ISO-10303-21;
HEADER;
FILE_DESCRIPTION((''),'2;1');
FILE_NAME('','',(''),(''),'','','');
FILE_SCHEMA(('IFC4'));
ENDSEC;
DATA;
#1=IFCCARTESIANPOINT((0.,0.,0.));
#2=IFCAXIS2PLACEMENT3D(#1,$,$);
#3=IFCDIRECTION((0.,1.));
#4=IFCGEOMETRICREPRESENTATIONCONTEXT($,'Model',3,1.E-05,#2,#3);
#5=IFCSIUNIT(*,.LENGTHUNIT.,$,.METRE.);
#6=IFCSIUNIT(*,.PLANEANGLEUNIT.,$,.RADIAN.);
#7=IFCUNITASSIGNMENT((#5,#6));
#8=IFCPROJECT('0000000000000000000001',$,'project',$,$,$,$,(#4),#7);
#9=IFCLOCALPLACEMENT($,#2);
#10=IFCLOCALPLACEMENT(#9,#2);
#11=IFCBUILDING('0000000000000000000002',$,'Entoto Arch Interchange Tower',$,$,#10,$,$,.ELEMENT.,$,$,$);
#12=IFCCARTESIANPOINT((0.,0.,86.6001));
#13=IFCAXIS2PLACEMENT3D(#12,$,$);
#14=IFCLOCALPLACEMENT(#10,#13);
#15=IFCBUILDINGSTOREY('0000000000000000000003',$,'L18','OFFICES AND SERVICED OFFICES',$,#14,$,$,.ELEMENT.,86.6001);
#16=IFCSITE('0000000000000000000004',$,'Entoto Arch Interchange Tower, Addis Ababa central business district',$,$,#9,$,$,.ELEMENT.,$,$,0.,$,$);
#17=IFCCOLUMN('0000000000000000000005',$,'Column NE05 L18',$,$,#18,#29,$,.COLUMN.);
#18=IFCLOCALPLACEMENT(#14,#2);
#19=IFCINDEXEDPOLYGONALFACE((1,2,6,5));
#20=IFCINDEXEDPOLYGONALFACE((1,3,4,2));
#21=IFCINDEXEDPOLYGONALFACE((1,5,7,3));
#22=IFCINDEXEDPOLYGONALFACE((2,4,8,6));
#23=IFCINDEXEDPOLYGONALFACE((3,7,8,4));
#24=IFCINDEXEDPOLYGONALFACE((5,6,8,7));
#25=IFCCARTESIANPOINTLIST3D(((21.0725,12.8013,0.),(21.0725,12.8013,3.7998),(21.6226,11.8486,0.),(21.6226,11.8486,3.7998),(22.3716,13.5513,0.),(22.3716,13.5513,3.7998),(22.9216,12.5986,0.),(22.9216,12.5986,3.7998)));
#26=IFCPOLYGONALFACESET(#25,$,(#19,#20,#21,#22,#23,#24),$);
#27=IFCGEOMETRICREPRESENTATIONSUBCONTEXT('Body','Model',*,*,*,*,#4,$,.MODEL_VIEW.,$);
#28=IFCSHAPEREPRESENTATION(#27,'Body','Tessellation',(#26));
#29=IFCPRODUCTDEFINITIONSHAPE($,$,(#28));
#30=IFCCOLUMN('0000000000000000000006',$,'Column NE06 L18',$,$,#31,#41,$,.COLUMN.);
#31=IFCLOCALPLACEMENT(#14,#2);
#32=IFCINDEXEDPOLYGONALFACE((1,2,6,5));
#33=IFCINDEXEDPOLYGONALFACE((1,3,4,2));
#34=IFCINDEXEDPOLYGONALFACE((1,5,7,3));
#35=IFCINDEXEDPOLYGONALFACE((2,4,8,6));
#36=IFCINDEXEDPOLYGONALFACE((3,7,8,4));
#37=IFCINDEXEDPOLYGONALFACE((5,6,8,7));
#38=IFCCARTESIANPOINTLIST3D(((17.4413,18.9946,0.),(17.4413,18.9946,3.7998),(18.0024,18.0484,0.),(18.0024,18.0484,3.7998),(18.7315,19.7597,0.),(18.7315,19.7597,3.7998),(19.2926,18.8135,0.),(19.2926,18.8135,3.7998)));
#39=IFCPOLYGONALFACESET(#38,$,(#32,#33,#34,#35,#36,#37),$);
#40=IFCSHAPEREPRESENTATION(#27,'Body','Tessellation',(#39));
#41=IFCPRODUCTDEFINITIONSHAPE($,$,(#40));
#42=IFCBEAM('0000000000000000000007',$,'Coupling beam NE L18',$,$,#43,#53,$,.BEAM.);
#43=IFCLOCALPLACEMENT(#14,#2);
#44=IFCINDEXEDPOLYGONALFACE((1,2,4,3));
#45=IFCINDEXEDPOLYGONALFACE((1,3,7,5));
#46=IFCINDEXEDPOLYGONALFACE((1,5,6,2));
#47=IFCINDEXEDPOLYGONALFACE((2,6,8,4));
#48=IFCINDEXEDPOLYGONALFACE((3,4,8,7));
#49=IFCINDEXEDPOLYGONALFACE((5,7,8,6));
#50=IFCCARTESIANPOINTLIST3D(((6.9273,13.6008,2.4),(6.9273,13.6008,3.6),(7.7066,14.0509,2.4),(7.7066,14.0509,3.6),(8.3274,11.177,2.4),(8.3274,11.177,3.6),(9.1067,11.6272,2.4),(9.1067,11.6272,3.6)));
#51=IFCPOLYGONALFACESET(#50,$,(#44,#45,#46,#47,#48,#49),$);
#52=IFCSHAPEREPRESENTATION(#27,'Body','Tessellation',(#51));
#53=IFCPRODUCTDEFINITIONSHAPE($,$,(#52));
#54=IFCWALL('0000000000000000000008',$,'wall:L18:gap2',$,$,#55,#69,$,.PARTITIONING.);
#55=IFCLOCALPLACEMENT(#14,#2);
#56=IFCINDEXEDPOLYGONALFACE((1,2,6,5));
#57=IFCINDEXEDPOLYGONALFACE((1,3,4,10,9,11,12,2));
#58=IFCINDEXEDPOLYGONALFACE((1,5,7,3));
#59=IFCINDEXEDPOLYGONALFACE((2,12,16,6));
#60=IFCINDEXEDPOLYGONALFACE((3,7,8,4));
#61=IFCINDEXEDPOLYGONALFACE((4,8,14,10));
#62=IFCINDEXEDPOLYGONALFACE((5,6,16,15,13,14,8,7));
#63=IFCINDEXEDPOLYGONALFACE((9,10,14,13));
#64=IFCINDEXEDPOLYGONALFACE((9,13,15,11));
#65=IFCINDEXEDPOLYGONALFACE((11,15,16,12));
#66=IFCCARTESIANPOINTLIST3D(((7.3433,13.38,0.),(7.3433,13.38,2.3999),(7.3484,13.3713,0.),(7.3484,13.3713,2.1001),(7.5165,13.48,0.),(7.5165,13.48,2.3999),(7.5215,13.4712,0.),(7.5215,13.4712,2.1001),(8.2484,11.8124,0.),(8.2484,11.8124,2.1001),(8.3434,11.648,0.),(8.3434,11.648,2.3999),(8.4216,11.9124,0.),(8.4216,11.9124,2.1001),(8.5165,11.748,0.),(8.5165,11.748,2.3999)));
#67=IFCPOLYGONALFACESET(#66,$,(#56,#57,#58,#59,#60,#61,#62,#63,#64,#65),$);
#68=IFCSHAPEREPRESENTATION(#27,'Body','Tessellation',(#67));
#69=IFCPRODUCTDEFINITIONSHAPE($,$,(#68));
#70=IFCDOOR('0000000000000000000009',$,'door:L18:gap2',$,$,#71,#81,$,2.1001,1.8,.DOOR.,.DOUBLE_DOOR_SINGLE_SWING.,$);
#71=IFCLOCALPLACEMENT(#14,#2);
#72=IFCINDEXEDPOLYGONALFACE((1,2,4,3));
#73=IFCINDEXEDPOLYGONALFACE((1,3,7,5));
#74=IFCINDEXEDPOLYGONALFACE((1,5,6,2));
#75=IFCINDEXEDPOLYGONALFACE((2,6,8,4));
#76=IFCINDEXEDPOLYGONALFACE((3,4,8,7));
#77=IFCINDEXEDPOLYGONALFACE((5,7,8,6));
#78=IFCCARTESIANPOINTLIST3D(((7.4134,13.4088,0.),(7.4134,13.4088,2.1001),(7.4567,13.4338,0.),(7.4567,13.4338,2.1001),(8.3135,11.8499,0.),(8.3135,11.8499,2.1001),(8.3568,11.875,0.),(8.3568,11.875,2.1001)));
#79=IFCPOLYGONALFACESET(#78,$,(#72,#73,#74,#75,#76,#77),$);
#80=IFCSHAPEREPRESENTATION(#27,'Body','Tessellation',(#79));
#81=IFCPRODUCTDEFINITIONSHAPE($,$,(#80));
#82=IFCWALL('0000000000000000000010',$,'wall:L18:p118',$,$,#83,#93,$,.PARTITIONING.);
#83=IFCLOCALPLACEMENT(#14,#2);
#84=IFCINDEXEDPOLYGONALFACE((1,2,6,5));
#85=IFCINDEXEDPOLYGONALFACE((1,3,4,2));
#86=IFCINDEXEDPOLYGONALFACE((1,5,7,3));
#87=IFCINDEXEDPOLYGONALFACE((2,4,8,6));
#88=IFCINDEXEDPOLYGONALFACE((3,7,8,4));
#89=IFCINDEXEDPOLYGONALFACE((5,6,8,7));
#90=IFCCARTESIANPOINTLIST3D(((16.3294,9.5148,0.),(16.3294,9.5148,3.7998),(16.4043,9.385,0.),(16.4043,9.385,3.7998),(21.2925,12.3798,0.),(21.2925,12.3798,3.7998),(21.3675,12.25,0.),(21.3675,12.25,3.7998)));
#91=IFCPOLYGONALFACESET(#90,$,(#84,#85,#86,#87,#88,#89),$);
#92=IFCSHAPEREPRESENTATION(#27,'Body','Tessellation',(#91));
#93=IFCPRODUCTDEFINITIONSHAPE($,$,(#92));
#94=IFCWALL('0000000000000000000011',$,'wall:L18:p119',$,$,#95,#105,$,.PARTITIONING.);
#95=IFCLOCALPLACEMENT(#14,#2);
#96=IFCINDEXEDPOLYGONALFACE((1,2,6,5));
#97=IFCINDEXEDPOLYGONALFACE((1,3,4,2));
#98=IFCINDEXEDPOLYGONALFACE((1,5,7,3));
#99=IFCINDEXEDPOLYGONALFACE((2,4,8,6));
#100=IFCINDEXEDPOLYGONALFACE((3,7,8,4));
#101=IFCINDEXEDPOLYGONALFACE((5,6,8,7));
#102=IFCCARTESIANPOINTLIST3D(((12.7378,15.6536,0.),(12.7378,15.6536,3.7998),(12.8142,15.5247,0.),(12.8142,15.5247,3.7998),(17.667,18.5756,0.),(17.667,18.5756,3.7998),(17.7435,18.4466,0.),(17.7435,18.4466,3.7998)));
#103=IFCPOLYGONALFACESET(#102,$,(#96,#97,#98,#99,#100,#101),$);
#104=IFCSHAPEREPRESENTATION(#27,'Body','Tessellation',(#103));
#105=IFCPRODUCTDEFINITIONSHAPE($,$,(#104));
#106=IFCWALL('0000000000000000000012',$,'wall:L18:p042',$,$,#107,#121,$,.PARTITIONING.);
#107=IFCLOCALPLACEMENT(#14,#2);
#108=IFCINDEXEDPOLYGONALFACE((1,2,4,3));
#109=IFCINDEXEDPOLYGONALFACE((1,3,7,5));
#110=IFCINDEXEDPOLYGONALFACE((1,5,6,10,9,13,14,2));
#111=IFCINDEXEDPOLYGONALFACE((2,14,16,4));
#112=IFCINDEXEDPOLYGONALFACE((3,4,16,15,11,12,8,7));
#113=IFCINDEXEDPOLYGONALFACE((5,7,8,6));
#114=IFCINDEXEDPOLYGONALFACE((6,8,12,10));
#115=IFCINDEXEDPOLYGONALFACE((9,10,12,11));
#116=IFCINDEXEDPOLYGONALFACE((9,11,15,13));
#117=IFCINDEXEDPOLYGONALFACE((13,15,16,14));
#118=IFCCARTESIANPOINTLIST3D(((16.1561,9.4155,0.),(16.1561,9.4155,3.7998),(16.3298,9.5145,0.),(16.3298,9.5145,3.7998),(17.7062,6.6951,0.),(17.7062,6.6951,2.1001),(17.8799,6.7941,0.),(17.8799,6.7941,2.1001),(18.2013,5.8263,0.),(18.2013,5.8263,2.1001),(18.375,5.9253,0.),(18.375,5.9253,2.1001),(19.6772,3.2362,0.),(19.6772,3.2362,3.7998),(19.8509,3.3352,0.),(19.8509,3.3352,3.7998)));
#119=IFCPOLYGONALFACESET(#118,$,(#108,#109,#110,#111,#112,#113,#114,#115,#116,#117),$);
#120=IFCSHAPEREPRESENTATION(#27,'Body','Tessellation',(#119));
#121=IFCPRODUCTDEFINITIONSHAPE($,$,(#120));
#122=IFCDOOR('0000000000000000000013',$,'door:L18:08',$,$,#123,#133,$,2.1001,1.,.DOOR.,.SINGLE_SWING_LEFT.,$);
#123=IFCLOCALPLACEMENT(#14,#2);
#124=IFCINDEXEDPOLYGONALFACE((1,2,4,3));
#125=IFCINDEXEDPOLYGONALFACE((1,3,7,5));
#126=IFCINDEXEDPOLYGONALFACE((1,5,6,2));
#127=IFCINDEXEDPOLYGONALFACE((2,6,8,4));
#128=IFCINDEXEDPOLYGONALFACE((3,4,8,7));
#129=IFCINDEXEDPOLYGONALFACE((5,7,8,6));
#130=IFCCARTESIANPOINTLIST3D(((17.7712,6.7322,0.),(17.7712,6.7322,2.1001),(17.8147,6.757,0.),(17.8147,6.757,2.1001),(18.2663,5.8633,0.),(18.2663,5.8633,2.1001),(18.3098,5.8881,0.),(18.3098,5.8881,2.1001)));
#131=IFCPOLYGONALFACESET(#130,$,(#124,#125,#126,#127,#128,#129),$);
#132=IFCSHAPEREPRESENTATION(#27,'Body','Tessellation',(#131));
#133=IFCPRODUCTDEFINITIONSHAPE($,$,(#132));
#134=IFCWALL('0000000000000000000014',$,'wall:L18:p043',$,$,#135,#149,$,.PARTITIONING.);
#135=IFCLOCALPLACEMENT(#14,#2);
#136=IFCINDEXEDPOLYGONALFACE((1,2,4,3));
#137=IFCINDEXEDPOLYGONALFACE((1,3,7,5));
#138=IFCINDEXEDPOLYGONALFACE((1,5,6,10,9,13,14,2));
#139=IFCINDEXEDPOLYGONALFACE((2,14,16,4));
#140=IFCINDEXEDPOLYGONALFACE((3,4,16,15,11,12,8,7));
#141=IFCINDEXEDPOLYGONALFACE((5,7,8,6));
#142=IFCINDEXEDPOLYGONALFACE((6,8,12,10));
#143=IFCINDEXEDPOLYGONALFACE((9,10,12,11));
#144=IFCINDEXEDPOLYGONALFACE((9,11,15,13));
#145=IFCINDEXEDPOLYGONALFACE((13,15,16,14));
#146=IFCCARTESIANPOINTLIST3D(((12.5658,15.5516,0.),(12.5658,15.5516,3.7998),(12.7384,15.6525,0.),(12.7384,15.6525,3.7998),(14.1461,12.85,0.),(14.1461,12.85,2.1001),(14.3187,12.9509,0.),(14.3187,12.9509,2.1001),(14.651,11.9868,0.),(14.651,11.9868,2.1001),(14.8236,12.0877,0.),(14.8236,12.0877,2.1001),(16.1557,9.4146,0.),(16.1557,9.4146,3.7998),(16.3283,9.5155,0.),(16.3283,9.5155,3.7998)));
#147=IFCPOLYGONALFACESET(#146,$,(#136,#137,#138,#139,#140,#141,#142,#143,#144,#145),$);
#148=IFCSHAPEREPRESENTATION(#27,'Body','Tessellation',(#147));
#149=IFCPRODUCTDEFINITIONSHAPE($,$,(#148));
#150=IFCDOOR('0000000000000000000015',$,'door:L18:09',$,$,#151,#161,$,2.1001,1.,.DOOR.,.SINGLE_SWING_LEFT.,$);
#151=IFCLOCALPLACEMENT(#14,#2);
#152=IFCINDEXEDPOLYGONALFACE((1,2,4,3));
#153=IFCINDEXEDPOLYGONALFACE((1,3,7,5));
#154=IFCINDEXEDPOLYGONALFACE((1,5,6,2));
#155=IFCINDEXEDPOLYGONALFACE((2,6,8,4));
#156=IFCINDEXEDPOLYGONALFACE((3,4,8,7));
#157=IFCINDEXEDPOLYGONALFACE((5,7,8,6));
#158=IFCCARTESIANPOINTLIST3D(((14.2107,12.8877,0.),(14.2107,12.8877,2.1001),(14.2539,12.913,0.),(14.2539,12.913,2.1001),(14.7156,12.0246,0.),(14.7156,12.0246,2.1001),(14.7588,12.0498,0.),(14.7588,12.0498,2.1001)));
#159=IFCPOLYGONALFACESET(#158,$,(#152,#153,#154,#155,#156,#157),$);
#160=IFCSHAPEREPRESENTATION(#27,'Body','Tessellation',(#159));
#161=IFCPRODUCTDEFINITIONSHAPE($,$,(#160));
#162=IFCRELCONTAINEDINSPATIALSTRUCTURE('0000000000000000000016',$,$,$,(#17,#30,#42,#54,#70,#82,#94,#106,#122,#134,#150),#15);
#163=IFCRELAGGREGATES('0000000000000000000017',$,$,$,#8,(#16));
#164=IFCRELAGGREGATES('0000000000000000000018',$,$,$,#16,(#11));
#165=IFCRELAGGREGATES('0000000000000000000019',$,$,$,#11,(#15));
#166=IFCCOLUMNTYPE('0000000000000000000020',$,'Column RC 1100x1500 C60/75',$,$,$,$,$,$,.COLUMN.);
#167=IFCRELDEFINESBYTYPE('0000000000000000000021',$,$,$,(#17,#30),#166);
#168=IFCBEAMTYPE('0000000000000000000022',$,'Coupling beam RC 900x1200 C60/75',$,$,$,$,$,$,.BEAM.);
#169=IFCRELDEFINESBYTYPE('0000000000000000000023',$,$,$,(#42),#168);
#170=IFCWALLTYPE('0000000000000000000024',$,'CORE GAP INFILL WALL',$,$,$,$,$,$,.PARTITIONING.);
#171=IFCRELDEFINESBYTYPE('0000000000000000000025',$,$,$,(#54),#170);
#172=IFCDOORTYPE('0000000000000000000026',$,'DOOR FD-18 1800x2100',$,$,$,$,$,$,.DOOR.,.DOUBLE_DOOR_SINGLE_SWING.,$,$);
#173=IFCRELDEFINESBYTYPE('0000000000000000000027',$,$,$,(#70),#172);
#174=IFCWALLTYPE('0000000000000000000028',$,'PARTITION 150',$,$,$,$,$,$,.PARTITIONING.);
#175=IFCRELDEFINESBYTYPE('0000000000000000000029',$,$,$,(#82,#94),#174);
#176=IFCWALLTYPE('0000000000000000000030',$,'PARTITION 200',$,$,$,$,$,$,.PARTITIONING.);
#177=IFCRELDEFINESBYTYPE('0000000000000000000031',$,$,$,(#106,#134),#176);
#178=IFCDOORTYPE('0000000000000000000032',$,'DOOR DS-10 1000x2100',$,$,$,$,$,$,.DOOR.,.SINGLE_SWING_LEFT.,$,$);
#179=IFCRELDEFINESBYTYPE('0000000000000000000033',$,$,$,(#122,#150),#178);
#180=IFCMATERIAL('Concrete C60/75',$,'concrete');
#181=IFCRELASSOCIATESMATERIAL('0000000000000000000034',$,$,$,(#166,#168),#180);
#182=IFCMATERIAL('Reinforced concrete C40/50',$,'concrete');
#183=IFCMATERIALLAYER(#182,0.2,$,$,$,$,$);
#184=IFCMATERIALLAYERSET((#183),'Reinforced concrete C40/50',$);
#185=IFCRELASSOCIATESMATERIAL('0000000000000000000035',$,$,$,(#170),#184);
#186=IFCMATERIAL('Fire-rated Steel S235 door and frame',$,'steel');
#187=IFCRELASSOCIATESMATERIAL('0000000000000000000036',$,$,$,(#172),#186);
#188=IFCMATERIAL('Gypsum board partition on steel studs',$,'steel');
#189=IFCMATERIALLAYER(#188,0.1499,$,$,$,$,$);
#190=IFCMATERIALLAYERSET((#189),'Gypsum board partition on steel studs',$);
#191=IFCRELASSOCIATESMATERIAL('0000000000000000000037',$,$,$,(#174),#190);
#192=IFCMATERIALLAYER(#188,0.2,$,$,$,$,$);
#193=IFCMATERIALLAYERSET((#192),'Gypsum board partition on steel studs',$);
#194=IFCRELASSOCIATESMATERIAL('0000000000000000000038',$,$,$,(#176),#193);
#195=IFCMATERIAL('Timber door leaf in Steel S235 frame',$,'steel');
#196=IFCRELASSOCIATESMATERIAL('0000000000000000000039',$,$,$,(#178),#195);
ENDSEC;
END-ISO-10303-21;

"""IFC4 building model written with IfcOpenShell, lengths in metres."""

from ifc_helpers import new_model, si_unit, direction, frame, frame_2d, origin, origin_2d, place, context, subcontext, project, spatial, rectangle, extrude, material, layer, layer_set, material_profile, profile_set, type_object, element, fill, save


model = new_model("IFC4")

# Units and contexts
model_context = context("Model", 3, precision=1e-05, world=origin(), true_north=direction((0.0, 1.0)))
body_context = subcontext(model_context, "Body", "Model", "MODEL_VIEW")
ifc_project = project(units=[si_unit("LENGTHUNIT", "METRE"), si_unit("PLANEANGLEUNIT", "RADIAN")], contexts=[model_context])

# Site, building, storey
site_placement = place(None, origin())
site = spatial("IfcSite", under=ifc_project, at=site_placement, Name="Entoto Arch Interchange Tower, Addis Ababa central business district", CompositionType="ELEMENT", RefElevation=0.0)
building_placement = place(site_placement, origin())
building = spatial("IfcBuilding", under=site, at=building_placement, Name="Entoto Arch Interchange Tower", CompositionType="ELEMENT")
storey_placement = place(building_placement, frame((0.0, 0.0, 86.6001)))
storey = spatial("IfcBuildingStorey", under=building, at=storey_placement, Name="L18", Description="OFFICES AND SERVICED OFFICES", CompositionType="ELEMENT", Elevation=86.6001)

# Columns
ifc_material_1 = material(Name="Concrete C60/75", Category="concrete")
ifc_material_profile_1 = material_profile(ifc_material_1, rectangle(XDim=1.1001, YDim=1.5, at=origin_2d()))
ifc_profile_set_1 = profile_set([ifc_material_profile_1], Name="Concrete C60/75")
column_type = type_object("IfcColumnType", Name="Column RC 1100x1500 C60/75", PredefinedType="COLUMN", material=ifc_profile_set_1)
for number, where, z_axis, x_axis, name in (
    (1, (21.9971, 12.7, 0.0), (0.0, 0.0, 1.0), (-0.5, 0.866025, 0.0), "Column NE05 L18"),
    (2, (18.3669, 18.9041, 0.0), (0.0, 0.0, 1.0), (-0.510093, 0.860119, 0.0), "Column NE06 L18"),
):
    element("IfcColumn", number, at=place(storey_placement, frame(where, z_axis=z_axis, x_axis=x_axis)), inside=storey, type_object=column_type, Name=name, PredefinedType="COLUMN", context=body_context, shape_type="SweptSolid", body=[
        extrude(rectangle(XDim=1.1001, YDim=1.5, at=origin_2d()), origin(), (0.0, 0.0, 1.0), 3.7998),
    ])

# Beam
ifc_material_profile_2 = material_profile(ifc_material_1, rectangle(XDim=0.8999, YDim=1.2, at=origin_2d()))
ifc_profile_set_2 = profile_set([ifc_material_profile_2], Name="Concrete C60/75")
beam_type = type_object("IfcBeamType", Name="Coupling beam RC 900x1200 C60/75", PredefinedType="BEAM", material=ifc_profile_set_2)
beam_placement = place(storey_placement, frame((8.717, 11.4021, 3.0), z_axis=(-0.500201, 0.86591, 0.0), x_axis=(-0.86591, -0.500201, 0.0)))
element("IfcBeam", 3, at=beam_placement, inside=storey, type_object=beam_type, Name="Coupling beam NE L18", PredefinedType="BEAM", context=body_context, shape_type="SweptSolid", body=[
    extrude(rectangle(XDim=0.8999, YDim=1.2, at=origin_2d()), origin(), (0.0, 0.0, 1.0), 2.7991),
])

# Wall, opening, door
ifc_material_2 = material(Name="Reinforced concrete C40/50", Category="concrete")
ifc_layer_1 = layer(ifc_material_2, 0.2)
ifc_layer_set_1 = layer_set([ifc_layer_1], Name="Reinforced concrete C40/50")
wall_type_1 = type_object("IfcWallType", Name="CORE GAP INFILL WALL", PredefinedType="PARTITIONING", material=ifc_layer_set_1)
wall_1_placement = place(storey_placement, frame((8.4299, 11.698, 0.0), z_axis=(0.0, 0.0, 1.0), x_axis=(-0.500025, 0.866011, 0.0)))
wall_1 = element("IfcWall", 4, at=wall_1_placement, inside=storey, type_object=wall_type_1, Name="wall:L18:gap2", PredefinedType="PARTITIONING", context=body_context, shape_type="SweptSolid", body=[
    extrude(rectangle(XDim=2.0, YDim=0.2, at=frame_2d((1.0, 0.0))), origin(), (0.0, 0.0, 1.0), 2.3999),
])
opening_1_placement = place(wall_1_placement, frame((0.1899, 0.0, 0.0)))
opening_1 = element("IfcOpeningElement", 5, at=opening_1_placement, cuts=wall_1, PredefinedType="OPENING", context=body_context, shape_type="SweptSolid", body=[
    extrude(rectangle(XDim=1.8, YDim=2.1001, at=frame_2d((0.8999, 1.05))), frame((0.0, 0.1099, 0.0), z_axis=(0.0, -1.0, 0.0), x_axis=(1.0, 0.0, 0.0)), (0.0, 0.0, 1.0), 0.22),
])
ifc_material_3 = material(Name="Fire-rated Steel S235 door and frame", Category="steel")
door_type_1 = type_object("IfcDoorType", Name="DOOR FD-18 1800x2100", OperationType="DOUBLE_DOOR_SINGLE_SWING", PredefinedType="DOOR", material=ifc_material_3)
door_1_placement = place(opening_1_placement, origin())
door_1 = element("IfcDoor", 6, at=door_1_placement, inside=storey, type_object=door_type_1, Name="door:L18:gap2", OperationType="DOUBLE_DOOR_SINGLE_SWING", OverallHeight=2.1001, OverallWidth=1.8, PredefinedType="DOOR", context=body_context, shape_type="SweptSolid", body=[
    extrude(rectangle(XDim=1.8, YDim=2.1001, at=frame_2d((0.8999, 1.05))), frame((0.0, 0.0249, 0.0), z_axis=(0.0, -1.0, 0.0), x_axis=(1.0, 0.0, 0.0)), (0.0, 0.0, 1.0), 0.05),
])
fill(opening_1, door_1)

# Walls
ifc_material_4 = material(Name="Gypsum board partition on steel studs", Category="steel")
ifc_layer_2 = layer(ifc_material_4, 0.1499)
ifc_layer_set_2 = layer_set([ifc_layer_2], Name="Gypsum board partition on steel studs")
wall_type_2 = type_object("IfcWallType", Name="PARTITION 150", PredefinedType="PARTITIONING", material=ifc_layer_set_2)
wall_2_placement = place(storey_placement, frame((16.3669, 9.45, 0.0), z_axis=(0.0, 0.0, 1.0), x_axis=(0.866061, 0.499938, 0.0)))
element("IfcWall", 7, at=wall_2_placement, inside=storey, type_object=wall_type_2, Name="wall:L18:p118", PredefinedType="PARTITIONING", context=body_context, shape_type="SweptSolid", body=[
    extrude(rectangle(XDim=5.7307, YDim=0.1499, at=frame_2d((2.8652, 0.0))), origin(), (0.0, 0.0, 1.0), 3.7998),
])
wall_3_placement = place(storey_placement, frame((12.7759, 15.5891, 0.0), z_axis=(0.0, 0.0, 1.0), x_axis=(0.860225, 0.509915, 0.0)))
element("IfcWall", 8, at=wall_3_placement, inside=storey, type_object=wall_type_2, Name="wall:L18:p119", PredefinedType="PARTITIONING", context=body_context, shape_type="SweptSolid", body=[
    extrude(rectangle(XDim=5.7302, YDim=0.1499, at=frame_2d((2.8652, 0.0))), origin(), (0.0, 0.0, 1.0), 3.7998),
])

# Walls, openings, doors
ifc_layer_3 = layer(ifc_material_4, 0.2)
ifc_layer_set_3 = layer_set([ifc_layer_3], Name="Gypsum board partition on steel studs")
wall_type_3 = type_object("IfcWallType", Name="PARTITION 200", PredefinedType="PARTITIONING", material=ifc_layer_set_3)
wall_4_placement = place(storey_placement, frame((16.2429, 9.4651, 0.0), z_axis=(0.0, 0.0, 1.0), x_axis=(0.495081, -0.868847, 0.0)))
wall_4 = element("IfcWall", 9, at=wall_4_placement, inside=storey, type_object=wall_type_3, Name="wall:L18:p042", PredefinedType="PARTITIONING", context=body_context, shape_type="SweptSolid", body=[
    extrude(rectangle(XDim=7.1121, YDim=0.2, at=frame_2d((3.5562, 0.0))), origin(), (0.0, 0.0, 1.0), 3.7998),
])
opening_2_placement = place(wall_4_placement, frame((3.1311, 0.0, 0.0)))
opening_2 = element("IfcOpeningElement", 10, at=opening_2_placement, cuts=wall_4, PredefinedType="OPENING", context=body_context, shape_type="SweptSolid", body=[
    extrude(rectangle(XDim=1.0, YDim=2.1001, at=frame_2d((0.5, 1.05))), frame((0.0, 0.1099, 0.0), z_axis=(0.0, -1.0, 0.0), x_axis=(1.0, 0.0, 0.0)), (0.0, 0.0, 1.0), 0.22),
])
ifc_material_5 = material(Name="Timber door leaf in Steel S235 frame", Category="steel")
door_type_2 = type_object("IfcDoorType", Name="DOOR DS-10 1000x2100", OperationType="SINGLE_SWING_LEFT", PredefinedType="DOOR", material=ifc_material_5)
door_2_placement = place(opening_2_placement, origin())
door_2 = element("IfcDoor", 11, at=door_2_placement, inside=storey, type_object=door_type_2, Name="door:L18:08", OperationType="SINGLE_SWING_LEFT", OverallHeight=2.1001, OverallWidth=1.0, PredefinedType="DOOR", context=body_context, shape_type="SweptSolid", body=[
    extrude(rectangle(XDim=1.0, YDim=2.1001, at=frame_2d((0.5, 1.05))), frame((0.0, 0.0249, 0.0), z_axis=(0.0, -1.0, 0.0), x_axis=(1.0, 0.0, 0.0)), (0.0, 0.0, 1.0), 0.05),
])
fill(opening_2, door_2)
wall_5_placement = place(storey_placement, frame((12.6521, 15.6021, 0.0), z_axis=(0.0, 0.0, 1.0), x_axis=(0.504915, -0.863169, 0.0)))
wall_5 = element("IfcWall", 12, at=wall_5_placement, inside=storey, type_object=wall_type_3, Name="wall:L18:p043", PredefinedType="PARTITIONING", context=body_context, shape_type="SweptSolid", body=[
    extrude(rectangle(XDim=7.1099, YDim=0.2, at=frame_2d((3.5549, 0.0))), origin(), (0.0, 0.0, 1.0), 3.7998),
])
opening_3_placement = place(wall_5_placement, frame((3.1299, 0.0, 0.0)))
opening_3 = element("IfcOpeningElement", 13, at=opening_3_placement, cuts=wall_5, PredefinedType="OPENING", context=body_context, shape_type="SweptSolid", body=[
    extrude(rectangle(XDim=1.0, YDim=2.1001, at=frame_2d((0.5, 1.05))), frame((0.0, 0.1099, 0.0), z_axis=(0.0, -1.0, 0.0), x_axis=(1.0, 0.0, 0.0)), (0.0, 0.0, 1.0), 0.22),
])
door_3_placement = place(opening_3_placement, origin())
door_3 = element("IfcDoor", 14, at=door_3_placement, inside=storey, type_object=door_type_2, Name="door:L18:09", OperationType="SINGLE_SWING_LEFT", OverallHeight=2.1001, OverallWidth=1.0, PredefinedType="DOOR", context=body_context, shape_type="SweptSolid", body=[
    extrude(rectangle(XDim=1.0, YDim=2.1001, at=frame_2d((0.5, 1.05))), frame((0.0, 0.0249, 0.0), z_axis=(0.0, -1.0, 0.0), x_axis=(1.0, 0.0, 0.0)), (0.0, 0.0, 1.0), 0.05),
])
fill(opening_3, door_3)

save(model, "model.ifc")
